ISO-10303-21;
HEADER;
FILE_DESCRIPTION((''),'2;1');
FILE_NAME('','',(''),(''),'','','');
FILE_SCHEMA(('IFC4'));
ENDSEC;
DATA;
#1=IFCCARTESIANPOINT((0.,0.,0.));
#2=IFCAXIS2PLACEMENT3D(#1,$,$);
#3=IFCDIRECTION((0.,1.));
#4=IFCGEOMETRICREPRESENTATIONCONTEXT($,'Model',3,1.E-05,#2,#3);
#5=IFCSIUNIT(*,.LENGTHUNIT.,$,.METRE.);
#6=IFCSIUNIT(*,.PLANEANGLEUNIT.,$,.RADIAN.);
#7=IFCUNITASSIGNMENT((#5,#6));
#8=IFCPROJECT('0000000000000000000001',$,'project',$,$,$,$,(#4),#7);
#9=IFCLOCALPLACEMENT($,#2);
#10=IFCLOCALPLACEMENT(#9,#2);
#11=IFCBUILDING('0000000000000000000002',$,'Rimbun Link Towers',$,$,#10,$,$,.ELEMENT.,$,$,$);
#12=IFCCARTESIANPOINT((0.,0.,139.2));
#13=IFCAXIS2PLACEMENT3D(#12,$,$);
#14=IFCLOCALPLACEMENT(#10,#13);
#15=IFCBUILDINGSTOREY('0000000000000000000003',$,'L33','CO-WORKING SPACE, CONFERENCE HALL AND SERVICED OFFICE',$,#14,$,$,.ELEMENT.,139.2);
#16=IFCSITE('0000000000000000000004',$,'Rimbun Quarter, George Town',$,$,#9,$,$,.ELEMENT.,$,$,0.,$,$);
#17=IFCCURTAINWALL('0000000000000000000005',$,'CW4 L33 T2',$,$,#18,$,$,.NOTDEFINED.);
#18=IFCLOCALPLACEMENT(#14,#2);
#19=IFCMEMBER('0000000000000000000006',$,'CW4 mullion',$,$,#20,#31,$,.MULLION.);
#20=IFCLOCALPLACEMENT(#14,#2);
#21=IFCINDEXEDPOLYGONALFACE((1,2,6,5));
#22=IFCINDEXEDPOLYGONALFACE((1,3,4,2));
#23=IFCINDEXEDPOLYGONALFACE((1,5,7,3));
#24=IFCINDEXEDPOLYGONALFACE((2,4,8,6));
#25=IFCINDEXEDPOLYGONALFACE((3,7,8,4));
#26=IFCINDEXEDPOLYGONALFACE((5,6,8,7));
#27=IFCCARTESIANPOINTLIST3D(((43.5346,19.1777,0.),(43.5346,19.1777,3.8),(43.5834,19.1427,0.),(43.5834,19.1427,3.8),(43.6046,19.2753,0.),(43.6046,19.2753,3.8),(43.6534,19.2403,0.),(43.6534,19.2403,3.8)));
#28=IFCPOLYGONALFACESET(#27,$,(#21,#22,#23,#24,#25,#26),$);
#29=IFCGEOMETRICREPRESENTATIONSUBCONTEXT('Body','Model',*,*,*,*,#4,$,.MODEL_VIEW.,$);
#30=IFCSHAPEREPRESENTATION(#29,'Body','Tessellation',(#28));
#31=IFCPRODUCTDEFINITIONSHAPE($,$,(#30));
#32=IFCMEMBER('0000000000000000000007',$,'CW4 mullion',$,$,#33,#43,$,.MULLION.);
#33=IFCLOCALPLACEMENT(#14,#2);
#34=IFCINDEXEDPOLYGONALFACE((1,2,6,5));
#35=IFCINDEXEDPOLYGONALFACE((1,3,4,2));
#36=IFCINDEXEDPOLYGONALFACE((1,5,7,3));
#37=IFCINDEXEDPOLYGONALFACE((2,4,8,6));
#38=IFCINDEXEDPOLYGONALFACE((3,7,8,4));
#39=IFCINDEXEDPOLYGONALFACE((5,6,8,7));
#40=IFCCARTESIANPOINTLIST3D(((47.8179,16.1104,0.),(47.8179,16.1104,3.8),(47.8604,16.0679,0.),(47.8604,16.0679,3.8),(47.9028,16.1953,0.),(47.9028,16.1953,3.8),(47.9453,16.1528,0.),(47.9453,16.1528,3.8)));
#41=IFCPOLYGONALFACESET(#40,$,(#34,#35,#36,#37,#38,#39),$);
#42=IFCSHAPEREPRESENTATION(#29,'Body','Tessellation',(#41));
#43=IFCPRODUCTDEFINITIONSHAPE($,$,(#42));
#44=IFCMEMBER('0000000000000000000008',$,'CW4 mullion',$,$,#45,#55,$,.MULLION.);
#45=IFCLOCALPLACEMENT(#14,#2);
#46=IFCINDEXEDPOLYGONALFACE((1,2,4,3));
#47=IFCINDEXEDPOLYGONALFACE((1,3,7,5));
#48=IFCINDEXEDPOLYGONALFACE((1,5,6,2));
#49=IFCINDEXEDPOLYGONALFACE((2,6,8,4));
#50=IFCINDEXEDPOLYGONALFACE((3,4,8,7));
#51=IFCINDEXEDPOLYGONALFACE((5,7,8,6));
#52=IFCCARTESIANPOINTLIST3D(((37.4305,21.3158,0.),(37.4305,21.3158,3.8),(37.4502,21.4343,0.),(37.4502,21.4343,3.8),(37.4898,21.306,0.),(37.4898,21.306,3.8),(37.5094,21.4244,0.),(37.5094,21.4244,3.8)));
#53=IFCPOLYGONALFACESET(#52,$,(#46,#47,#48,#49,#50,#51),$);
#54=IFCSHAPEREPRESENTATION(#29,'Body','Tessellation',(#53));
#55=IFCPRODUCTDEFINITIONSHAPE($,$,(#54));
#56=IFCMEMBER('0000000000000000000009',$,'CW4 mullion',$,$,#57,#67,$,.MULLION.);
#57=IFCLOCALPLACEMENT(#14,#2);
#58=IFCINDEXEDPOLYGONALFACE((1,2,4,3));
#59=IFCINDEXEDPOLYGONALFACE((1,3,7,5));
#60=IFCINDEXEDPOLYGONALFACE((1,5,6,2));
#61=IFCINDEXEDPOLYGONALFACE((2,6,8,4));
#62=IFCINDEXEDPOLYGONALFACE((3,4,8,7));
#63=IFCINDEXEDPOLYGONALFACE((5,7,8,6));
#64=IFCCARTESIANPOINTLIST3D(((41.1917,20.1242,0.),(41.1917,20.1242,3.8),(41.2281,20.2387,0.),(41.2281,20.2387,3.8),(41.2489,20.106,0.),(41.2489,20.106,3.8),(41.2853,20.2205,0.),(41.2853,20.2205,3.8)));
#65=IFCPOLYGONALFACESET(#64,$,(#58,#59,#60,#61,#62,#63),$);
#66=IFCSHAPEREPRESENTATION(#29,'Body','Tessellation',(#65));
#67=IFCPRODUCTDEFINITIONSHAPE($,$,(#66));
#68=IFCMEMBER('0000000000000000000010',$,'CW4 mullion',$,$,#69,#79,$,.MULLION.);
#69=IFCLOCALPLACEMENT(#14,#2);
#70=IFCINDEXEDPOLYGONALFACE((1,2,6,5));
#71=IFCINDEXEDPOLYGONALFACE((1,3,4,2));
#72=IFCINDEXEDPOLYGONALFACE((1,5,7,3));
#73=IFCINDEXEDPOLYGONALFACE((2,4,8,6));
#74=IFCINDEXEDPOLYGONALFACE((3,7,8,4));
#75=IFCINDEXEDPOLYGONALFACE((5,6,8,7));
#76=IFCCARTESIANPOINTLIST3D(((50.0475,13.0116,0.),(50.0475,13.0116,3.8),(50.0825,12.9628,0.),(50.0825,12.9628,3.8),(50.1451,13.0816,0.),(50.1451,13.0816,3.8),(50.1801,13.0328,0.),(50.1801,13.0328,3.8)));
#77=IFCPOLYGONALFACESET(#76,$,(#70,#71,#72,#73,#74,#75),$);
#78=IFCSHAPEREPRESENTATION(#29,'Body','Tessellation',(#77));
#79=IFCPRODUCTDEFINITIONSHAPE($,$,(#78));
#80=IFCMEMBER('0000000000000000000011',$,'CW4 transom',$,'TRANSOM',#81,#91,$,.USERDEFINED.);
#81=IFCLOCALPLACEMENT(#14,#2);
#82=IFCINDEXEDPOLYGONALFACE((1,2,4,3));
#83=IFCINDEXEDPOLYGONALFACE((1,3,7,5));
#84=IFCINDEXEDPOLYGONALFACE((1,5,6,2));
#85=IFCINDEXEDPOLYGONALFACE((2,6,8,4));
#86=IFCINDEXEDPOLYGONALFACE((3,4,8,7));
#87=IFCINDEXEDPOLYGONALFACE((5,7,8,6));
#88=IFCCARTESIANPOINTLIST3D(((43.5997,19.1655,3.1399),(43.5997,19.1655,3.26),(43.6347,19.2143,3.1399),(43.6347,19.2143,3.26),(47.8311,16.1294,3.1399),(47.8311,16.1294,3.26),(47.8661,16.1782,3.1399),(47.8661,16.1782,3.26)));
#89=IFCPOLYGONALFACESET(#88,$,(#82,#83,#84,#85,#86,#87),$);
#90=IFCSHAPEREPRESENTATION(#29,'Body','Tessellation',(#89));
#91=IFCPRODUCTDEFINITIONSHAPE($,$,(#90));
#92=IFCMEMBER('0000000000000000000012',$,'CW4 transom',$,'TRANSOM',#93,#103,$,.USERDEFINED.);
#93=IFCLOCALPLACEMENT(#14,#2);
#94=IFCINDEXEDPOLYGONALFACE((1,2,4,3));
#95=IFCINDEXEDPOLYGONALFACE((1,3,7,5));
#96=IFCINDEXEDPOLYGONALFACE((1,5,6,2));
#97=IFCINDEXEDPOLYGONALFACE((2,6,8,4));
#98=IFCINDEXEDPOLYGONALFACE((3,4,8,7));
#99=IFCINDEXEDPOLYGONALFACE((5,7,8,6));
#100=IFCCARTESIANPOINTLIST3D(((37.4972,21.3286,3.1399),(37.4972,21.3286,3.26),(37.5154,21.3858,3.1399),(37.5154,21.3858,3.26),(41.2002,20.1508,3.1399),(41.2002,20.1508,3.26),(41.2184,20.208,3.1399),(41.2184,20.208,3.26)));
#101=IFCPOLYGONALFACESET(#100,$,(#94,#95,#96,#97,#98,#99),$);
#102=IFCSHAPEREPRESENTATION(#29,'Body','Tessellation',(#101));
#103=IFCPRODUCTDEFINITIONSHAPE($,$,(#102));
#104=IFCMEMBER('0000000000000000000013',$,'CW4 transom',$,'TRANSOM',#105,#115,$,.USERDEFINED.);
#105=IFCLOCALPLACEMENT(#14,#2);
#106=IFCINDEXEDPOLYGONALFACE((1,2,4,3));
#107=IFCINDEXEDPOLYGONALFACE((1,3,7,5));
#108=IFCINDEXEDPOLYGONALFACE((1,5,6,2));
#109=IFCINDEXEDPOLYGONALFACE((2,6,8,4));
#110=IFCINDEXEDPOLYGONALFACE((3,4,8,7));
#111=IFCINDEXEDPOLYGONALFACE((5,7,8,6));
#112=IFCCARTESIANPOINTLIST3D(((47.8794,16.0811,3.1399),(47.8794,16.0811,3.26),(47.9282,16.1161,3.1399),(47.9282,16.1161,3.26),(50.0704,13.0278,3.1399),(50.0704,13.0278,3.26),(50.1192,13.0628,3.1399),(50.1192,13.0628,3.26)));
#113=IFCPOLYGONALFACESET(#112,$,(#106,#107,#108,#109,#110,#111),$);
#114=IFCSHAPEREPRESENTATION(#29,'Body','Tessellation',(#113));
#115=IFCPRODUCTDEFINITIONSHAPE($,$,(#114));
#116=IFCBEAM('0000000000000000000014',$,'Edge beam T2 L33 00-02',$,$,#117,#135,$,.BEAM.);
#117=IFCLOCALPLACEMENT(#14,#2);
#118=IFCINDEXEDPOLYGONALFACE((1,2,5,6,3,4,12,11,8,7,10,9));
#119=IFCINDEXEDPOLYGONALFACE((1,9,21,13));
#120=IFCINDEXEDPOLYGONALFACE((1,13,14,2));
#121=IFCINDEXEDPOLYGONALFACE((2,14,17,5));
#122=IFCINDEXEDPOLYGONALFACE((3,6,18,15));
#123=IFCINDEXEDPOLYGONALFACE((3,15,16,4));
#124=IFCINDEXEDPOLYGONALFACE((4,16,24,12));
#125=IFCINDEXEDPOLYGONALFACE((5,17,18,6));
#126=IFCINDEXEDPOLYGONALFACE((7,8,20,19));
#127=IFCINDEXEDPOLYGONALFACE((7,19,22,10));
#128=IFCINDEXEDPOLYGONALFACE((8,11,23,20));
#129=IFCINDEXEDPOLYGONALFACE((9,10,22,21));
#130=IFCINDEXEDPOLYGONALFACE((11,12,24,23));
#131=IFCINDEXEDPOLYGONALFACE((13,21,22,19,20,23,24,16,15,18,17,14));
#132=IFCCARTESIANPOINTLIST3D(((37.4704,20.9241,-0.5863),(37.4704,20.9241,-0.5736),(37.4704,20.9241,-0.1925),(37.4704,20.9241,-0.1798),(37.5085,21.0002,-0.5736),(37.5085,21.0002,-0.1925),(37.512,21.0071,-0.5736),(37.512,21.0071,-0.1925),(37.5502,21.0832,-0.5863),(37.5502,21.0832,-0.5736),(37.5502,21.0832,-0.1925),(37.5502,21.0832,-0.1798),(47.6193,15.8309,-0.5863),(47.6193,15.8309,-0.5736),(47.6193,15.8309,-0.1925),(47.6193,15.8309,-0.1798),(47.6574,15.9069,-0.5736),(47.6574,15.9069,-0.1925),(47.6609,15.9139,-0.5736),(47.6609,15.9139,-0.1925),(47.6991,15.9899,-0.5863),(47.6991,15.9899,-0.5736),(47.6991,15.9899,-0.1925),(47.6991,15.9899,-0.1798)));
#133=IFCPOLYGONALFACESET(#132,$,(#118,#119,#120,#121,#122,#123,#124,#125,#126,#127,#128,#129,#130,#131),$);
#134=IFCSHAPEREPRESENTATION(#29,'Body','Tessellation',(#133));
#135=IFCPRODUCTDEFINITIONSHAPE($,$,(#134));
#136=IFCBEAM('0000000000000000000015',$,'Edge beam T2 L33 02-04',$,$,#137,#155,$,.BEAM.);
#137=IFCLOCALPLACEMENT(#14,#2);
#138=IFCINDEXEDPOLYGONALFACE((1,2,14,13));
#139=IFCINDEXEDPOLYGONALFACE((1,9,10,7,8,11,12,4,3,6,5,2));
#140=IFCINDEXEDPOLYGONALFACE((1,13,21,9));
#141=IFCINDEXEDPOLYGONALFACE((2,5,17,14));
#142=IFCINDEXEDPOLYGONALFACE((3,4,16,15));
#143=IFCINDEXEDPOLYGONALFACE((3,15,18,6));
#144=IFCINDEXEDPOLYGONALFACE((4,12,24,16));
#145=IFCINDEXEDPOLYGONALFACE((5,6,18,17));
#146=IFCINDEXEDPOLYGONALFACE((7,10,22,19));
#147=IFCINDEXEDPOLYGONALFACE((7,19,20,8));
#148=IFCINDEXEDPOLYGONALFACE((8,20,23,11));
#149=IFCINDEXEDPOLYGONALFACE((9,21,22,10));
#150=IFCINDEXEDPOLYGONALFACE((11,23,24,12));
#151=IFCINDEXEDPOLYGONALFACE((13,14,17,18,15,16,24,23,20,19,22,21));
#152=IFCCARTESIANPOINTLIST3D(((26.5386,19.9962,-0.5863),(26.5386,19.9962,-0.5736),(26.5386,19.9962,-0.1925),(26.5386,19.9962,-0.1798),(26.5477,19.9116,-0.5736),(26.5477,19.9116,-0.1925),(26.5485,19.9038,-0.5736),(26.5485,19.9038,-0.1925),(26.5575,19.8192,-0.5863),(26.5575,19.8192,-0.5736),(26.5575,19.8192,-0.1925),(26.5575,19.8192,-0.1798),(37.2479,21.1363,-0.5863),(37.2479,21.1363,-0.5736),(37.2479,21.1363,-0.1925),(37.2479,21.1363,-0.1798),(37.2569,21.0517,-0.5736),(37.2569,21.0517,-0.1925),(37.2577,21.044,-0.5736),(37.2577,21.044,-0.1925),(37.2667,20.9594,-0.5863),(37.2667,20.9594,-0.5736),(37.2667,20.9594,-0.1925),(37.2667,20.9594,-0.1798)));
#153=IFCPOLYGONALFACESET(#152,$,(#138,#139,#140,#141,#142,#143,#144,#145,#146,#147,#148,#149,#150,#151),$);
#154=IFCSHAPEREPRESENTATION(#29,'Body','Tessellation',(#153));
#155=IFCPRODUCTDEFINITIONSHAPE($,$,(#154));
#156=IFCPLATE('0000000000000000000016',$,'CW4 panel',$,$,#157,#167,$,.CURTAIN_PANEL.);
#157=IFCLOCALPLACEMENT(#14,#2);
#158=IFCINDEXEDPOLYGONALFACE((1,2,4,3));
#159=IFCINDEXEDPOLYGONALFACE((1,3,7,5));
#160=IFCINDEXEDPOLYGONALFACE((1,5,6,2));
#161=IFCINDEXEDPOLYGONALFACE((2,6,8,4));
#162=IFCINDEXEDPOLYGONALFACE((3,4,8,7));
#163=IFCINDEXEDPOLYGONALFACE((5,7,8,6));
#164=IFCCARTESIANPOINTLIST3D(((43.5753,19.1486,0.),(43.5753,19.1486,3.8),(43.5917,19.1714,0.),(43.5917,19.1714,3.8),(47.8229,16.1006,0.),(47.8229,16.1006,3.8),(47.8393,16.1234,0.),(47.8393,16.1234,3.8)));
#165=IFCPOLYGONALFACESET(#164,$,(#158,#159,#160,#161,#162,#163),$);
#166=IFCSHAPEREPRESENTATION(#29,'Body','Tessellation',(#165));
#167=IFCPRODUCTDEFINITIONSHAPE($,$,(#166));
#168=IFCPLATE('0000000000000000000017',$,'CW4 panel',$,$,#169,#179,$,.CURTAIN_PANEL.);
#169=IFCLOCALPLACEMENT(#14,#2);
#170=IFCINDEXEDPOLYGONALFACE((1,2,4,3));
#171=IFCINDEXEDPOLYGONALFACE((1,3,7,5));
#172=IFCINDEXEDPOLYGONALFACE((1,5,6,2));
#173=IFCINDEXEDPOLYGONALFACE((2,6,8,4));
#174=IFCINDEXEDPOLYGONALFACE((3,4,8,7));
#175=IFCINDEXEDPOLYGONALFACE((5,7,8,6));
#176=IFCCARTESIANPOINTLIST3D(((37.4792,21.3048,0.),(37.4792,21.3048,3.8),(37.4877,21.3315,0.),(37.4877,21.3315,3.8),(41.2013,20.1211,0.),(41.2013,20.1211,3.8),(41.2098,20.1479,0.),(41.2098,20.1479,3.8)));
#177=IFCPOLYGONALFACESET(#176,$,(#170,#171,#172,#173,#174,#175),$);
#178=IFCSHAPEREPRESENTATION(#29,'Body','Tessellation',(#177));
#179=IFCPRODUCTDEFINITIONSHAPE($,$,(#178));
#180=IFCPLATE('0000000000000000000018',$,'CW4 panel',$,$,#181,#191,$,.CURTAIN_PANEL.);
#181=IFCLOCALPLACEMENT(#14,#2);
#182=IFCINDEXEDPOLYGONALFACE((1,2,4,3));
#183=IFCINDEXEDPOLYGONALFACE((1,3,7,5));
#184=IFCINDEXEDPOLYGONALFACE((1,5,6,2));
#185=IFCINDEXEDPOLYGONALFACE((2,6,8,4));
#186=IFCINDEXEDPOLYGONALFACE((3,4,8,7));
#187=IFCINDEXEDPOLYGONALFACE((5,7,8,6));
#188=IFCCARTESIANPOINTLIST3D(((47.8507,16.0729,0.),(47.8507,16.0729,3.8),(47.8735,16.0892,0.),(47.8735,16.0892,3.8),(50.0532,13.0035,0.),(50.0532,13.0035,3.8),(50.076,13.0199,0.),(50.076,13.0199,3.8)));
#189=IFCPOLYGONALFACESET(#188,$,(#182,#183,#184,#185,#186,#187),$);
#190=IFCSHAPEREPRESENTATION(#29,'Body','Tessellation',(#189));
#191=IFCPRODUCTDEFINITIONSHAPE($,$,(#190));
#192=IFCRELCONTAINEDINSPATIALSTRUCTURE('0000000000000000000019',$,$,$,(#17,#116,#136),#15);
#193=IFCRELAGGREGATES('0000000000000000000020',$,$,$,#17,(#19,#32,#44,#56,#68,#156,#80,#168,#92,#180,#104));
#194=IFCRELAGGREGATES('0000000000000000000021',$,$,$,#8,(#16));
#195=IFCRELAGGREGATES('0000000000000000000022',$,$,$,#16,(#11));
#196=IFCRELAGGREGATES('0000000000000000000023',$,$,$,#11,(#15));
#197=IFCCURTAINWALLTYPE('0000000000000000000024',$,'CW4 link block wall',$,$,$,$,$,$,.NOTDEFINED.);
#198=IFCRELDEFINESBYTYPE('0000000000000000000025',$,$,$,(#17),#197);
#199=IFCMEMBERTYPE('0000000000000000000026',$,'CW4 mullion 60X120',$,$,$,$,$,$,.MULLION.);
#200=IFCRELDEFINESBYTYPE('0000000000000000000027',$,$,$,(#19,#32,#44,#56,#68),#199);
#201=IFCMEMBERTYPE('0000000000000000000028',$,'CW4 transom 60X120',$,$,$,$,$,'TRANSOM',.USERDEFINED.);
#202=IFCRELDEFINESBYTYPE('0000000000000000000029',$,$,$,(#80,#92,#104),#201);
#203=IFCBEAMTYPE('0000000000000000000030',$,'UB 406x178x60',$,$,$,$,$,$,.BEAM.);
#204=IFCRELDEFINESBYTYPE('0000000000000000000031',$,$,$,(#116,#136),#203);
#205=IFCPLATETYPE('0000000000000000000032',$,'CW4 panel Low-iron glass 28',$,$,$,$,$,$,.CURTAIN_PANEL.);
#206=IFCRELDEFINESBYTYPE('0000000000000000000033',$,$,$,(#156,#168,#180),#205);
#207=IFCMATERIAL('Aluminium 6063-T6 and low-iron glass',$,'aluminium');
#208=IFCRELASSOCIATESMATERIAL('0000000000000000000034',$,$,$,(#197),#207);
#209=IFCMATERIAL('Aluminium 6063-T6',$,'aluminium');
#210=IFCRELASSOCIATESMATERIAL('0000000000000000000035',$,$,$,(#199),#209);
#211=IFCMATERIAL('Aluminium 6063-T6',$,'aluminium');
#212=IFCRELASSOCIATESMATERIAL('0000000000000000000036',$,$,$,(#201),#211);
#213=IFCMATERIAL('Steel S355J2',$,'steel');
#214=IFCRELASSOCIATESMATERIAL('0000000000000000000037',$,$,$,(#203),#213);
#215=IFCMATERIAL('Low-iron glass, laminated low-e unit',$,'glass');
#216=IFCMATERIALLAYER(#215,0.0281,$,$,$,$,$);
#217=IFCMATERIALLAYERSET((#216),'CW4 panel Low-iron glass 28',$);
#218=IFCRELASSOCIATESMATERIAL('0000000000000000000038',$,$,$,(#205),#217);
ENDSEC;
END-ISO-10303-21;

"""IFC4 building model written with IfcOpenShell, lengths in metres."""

from ifc_helpers import new_model, si_unit, direction, frame, origin, origin_2d, place, context, subcontext, project, spatial, rectangle, i_section, extrude, material, layer, layer_set, material_profile, profile_set, type_object, element, aggregate, save


model = new_model("IFC4")

# Units and contexts
model_context = context("Model", 3, precision=1e-05, world=origin(), true_north=direction((0.0, 1.0)))
body_context = subcontext(model_context, "Body", "Model", "MODEL_VIEW")
ifc_project = project(units=[si_unit("LENGTHUNIT", "METRE"), si_unit("PLANEANGLEUNIT", "RADIAN")], contexts=[model_context])

# Site, building, storey
site_placement = place(None, origin())
site = spatial("IfcSite", under=ifc_project, at=site_placement, Name="Rimbun Quarter, George Town", CompositionType="ELEMENT", RefElevation=0.0)
building_placement = place(site_placement, origin())
building = spatial("IfcBuilding", under=site, at=building_placement, Name="Rimbun Link Towers", CompositionType="ELEMENT")
storey_placement = place(building_placement, frame((0.0, 0.0, 139.2)))
storey = spatial("IfcBuildingStorey", under=building, at=storey_placement, Name="L33", Description="CO-WORKING SPACE, CONFERENCE HALL AND SERVICED OFFICE", CompositionType="ELEMENT", Elevation=139.2)

# Curtain wall, members
ifc_material_1 = material(Name="Aluminium 6063-T6 and low-iron glass", Category="aluminium")
curtain_wall_type = type_object("IfcCurtainWallType", Name="CW4 link block wall", PredefinedType="NOTDEFINED", material=ifc_material_1)
curtain_wall_placement = place(storey_placement, origin())
curtain_wall = element("IfcCurtainWall", 1, at=curtain_wall_placement, inside=storey, type_object=curtain_wall_type, Name="CW4 L33 T2", PredefinedType="NOTDEFINED")
ifc_material_2 = material(Name="Aluminium 6063-T6", Category="aluminium")
ifc_material_profile_1 = material_profile(ifc_material_2, rectangle(XDim=0.1201, YDim=0.0601, at=origin_2d()), Name="MULLION 60X120")
ifc_profile_set_1 = profile_set([ifc_material_profile_1], Name="Aluminium 6063-T6")
member_type_1 = type_object("IfcMemberType", Name="CW4 mullion 60X120", PredefinedType="MULLION", material=ifc_profile_set_1)
member_1_placement = place(storey_placement, frame((43.594, 19.209, 0.0), z_axis=(0.0, 0.0, 1.0), x_axis=(0.583009, 0.812465, 0.0)))
member_1 = element("IfcMember", 2, at=member_1_placement, type_object=member_type_1, Name="CW4 mullion", PredefinedType="MULLION", context=body_context, shape_type="SweptSolid", body=[
    extrude(rectangle(XDim=0.1201, YDim=0.0601, at=origin_2d()), origin(), (0.0, 0.0, 1.0), 3.8),
])
member_2_placement = place(storey_placement, frame((47.8816, 16.1316, 0.0), z_axis=(0.0, 0.0, 1.0), x_axis=(0.707107, 0.707107, 0.0)))
member_2 = element("IfcMember", 3, at=member_2_placement, type_object=member_type_1, Name="CW4 mullion", PredefinedType="MULLION", context=body_context, shape_type="SweptSolid", body=[
    extrude(rectangle(XDim=0.1201, YDim=0.0601, at=origin_2d()), origin(), (0.0, 0.0, 1.0), 3.8),
])
member_3_placement = place(storey_placement, frame((37.47, 21.3701, 0.0), z_axis=(0.0, 0.0, 1.0), x_axis=(0.163742, 0.986503, 0.0)))
member_3 = element("IfcMember", 4, at=member_3_placement, type_object=member_type_1, Name="CW4 mullion", PredefinedType="MULLION", context=body_context, shape_type="SweptSolid", body=[
    extrude(rectangle(XDim=0.1201, YDim=0.0601, at=origin_2d()), origin(), (0.0, 0.0, 1.0), 3.8),
])
member_4_placement = place(storey_placement, frame((41.2385, 20.1724, 0.0), z_axis=(0.0, 0.0, 1.0), x_axis=(0.30306, 0.952972, 0.0)))
member_4 = element("IfcMember", 5, at=member_4_placement, type_object=member_type_1, Name="CW4 mullion", PredefinedType="MULLION", context=body_context, shape_type="SweptSolid", body=[
    extrude(rectangle(XDim=0.1201, YDim=0.0601, at=origin_2d()), origin(), (0.0, 0.0, 1.0), 3.8),
])
member_5_placement = place(storey_placement, frame((50.1138, 13.0222, 0.0), z_axis=(0.0, 0.0, 1.0), x_axis=(0.812465, 0.583009, 0.0)))
member_5 = element("IfcMember", 6, at=member_5_placement, type_object=member_type_1, Name="CW4 mullion", PredefinedType="MULLION", context=body_context, shape_type="SweptSolid", body=[
    extrude(rectangle(XDim=0.1201, YDim=0.0601, at=origin_2d()), origin(), (0.0, 0.0, 1.0), 3.8),
])
ifc_material_3 = material(Name="Aluminium 6063-T6", Category="aluminium")
ifc_material_profile_2 = material_profile(ifc_material_3, rectangle(XDim=0.0601, YDim=0.1201, at=origin_2d()), Name="TRANSOM 60X120")
ifc_profile_set_2 = profile_set([ifc_material_profile_2], Name="Aluminium 6063-T6")
member_type_2 = type_object("IfcMemberType", Name="CW4 transom 60X120", ElementType="TRANSOM", PredefinedType="USERDEFINED", material=ifc_profile_set_2)
member_6_placement = place(storey_placement, frame((43.6172, 19.1899, 3.2), z_axis=(0.81249, -0.582975, 0.0), x_axis=(0.582975, 0.81249, 0.0)))
member_6 = element("IfcMember", 7, at=member_6_placement, type_object=member_type_2, Name="CW4 transom", ObjectType="TRANSOM", PredefinedType="USERDEFINED", context=body_context, shape_type="SweptSolid", body=[
    extrude(rectangle(XDim=0.0601, YDim=0.1201, at=origin_2d()), origin(), (0.0, 0.0, 1.0), 5.208),
])
member_7_placement = place(storey_placement, frame((37.5063, 21.3572, 3.2), z_axis=(0.95296, -0.303097, 0.0), x_axis=(0.303097, 0.95296, 0.0)))
member_7 = element("IfcMember", 8, at=member_7_placement, type_object=member_type_2, Name="CW4 transom", ObjectType="TRANSOM", PredefinedType="USERDEFINED", context=body_context, shape_type="SweptSolid", body=[
    extrude(rectangle(XDim=0.0601, YDim=0.1201, at=origin_2d()), origin(), (0.0, 0.0, 1.0), 3.8857),
])
member_8_placement = place(storey_placement, frame((47.9038, 16.0986, 3.2), z_axis=(0.583007, -0.812467, 0.0), x_axis=(0.812467, 0.583007, 0.0)))
member_8 = element("IfcMember", 9, at=member_8_placement, type_object=member_type_2, Name="CW4 transom", ObjectType="TRANSOM", PredefinedType="USERDEFINED", context=body_context, shape_type="SweptSolid", body=[
    extrude(rectangle(XDim=0.0601, YDim=0.1201, at=origin_2d()), origin(), (0.0, 0.0, 1.0), 3.7581),
])

# Beams
ifc_material_4 = material(Name="Steel S355J2", Category="steel")
ifc_material_profile_3 = material_profile(ifc_material_4, i_section(OverallWidth=0.178, OverallDepth=0.4065, WebThickness=0.0078, FlangeThickness=0.0127, at=origin_2d()), Name="UB 406x178x60")
ifc_profile_set_3 = profile_set([ifc_material_profile_3], Name="Steel S355J2")
beam_type = type_object("IfcBeamType", Name="UB 406x178x60", PredefinedType="BEAM", material=ifc_profile_set_3)
beam_1_placement = place(storey_placement, frame((47.6592, 15.9104, -0.3831), z_axis=(-0.893764, 0.448538, 0.0), x_axis=(-0.448538, -0.893764, 0.0)))
element("IfcBeam", 10, at=beam_1_placement, inside=storey, type_object=beam_type, Name="Edge beam T2 L33 00-02", PredefinedType="BEAM", context=body_context, shape_type="SweptSolid", body=[
    extrude(i_section(OverallWidth=0.178, OverallDepth=0.4065, WebThickness=0.0078, FlangeThickness=0.0127, at=origin_2d()), origin(), (0.0, 0.0, 1.0), 11.3552),
])
beam_2_placement = place(storey_placement, frame((37.2573, 21.0479, -0.3831), z_axis=(-0.994381, -0.105865, 0.0), x_axis=(0.105865, -0.994381, 0.0)))
element("IfcBeam", 11, at=beam_2_placement, inside=storey, type_object=beam_type, Name="Edge beam T2 L33 02-04", PredefinedType="BEAM", context=body_context, shape_type="SweptSolid", body=[
    extrude(i_section(OverallWidth=0.178, OverallDepth=0.4065, WebThickness=0.0078, FlangeThickness=0.0127, at=origin_2d()), origin(), (0.0, 0.0, 1.0), 10.7698),
])

# Plates
ifc_material_5 = material(Name="Low-iron glass, laminated low-e unit", Category="glass")
ifc_layer_1 = layer(ifc_material_5, 0.0281)
ifc_layer_set_1 = layer_set([ifc_layer_1], Name="CW4 panel Low-iron glass 28")
plate_type = type_object("IfcPlateType", Name="CW4 panel Low-iron glass 28", PredefinedType="CURTAIN_PANEL", material=ifc_layer_set_1)
plate_1_placement = place(storey_placement, frame((45.7073, 17.636, 0.0), z_axis=(0.0, 0.0, 1.0), x_axis=(0.812465, -0.583009, 0.0)))
plate_1 = element("IfcPlate", 12, at=plate_1_placement, type_object=plate_type, Name="CW4 panel", PredefinedType="CURTAIN_PANEL", context=body_context, shape_type="SweptSolid", body=[
    extrude(rectangle(XDim=5.228, YDim=0.0281, at=origin_2d()), origin(), (0.0, 0.0, 1.0), 3.8),
])
plate_2_placement = place(storey_placement, frame((39.3445, 20.7263, 0.0), z_axis=(0.0, 0.0, 1.0), x_axis=(0.952972, -0.30306, 0.0)))
plate_2 = element("IfcPlate", 13, at=plate_2_placement, type_object=plate_type, Name="CW4 panel", PredefinedType="CURTAIN_PANEL", context=body_context, shape_type="SweptSolid", body=[
    extrude(rectangle(XDim=3.9058, YDim=0.0281, at=origin_2d()), origin(), (0.0, 0.0, 1.0), 3.8),
])
plate_3_placement = place(storey_placement, frame((48.9634, 14.5464, 0.0), z_axis=(0.0, 0.0, 1.0), x_axis=(0.583009, -0.812465, 0.0)))
plate_3 = element("IfcPlate", 14, at=plate_3_placement, type_object=plate_type, Name="CW4 panel", PredefinedType="CURTAIN_PANEL", context=body_context, shape_type="SweptSolid", body=[
    extrude(rectangle(XDim=3.7778, YDim=0.0281, at=origin_2d()), origin(), (0.0, 0.0, 1.0), 3.8),
])
aggregate(curtain_wall, [member_1, member_2, member_3, member_4, member_5, plate_1, member_6, plate_2, member_7, plate_3, member_8])

save(model, "model.ifc")
